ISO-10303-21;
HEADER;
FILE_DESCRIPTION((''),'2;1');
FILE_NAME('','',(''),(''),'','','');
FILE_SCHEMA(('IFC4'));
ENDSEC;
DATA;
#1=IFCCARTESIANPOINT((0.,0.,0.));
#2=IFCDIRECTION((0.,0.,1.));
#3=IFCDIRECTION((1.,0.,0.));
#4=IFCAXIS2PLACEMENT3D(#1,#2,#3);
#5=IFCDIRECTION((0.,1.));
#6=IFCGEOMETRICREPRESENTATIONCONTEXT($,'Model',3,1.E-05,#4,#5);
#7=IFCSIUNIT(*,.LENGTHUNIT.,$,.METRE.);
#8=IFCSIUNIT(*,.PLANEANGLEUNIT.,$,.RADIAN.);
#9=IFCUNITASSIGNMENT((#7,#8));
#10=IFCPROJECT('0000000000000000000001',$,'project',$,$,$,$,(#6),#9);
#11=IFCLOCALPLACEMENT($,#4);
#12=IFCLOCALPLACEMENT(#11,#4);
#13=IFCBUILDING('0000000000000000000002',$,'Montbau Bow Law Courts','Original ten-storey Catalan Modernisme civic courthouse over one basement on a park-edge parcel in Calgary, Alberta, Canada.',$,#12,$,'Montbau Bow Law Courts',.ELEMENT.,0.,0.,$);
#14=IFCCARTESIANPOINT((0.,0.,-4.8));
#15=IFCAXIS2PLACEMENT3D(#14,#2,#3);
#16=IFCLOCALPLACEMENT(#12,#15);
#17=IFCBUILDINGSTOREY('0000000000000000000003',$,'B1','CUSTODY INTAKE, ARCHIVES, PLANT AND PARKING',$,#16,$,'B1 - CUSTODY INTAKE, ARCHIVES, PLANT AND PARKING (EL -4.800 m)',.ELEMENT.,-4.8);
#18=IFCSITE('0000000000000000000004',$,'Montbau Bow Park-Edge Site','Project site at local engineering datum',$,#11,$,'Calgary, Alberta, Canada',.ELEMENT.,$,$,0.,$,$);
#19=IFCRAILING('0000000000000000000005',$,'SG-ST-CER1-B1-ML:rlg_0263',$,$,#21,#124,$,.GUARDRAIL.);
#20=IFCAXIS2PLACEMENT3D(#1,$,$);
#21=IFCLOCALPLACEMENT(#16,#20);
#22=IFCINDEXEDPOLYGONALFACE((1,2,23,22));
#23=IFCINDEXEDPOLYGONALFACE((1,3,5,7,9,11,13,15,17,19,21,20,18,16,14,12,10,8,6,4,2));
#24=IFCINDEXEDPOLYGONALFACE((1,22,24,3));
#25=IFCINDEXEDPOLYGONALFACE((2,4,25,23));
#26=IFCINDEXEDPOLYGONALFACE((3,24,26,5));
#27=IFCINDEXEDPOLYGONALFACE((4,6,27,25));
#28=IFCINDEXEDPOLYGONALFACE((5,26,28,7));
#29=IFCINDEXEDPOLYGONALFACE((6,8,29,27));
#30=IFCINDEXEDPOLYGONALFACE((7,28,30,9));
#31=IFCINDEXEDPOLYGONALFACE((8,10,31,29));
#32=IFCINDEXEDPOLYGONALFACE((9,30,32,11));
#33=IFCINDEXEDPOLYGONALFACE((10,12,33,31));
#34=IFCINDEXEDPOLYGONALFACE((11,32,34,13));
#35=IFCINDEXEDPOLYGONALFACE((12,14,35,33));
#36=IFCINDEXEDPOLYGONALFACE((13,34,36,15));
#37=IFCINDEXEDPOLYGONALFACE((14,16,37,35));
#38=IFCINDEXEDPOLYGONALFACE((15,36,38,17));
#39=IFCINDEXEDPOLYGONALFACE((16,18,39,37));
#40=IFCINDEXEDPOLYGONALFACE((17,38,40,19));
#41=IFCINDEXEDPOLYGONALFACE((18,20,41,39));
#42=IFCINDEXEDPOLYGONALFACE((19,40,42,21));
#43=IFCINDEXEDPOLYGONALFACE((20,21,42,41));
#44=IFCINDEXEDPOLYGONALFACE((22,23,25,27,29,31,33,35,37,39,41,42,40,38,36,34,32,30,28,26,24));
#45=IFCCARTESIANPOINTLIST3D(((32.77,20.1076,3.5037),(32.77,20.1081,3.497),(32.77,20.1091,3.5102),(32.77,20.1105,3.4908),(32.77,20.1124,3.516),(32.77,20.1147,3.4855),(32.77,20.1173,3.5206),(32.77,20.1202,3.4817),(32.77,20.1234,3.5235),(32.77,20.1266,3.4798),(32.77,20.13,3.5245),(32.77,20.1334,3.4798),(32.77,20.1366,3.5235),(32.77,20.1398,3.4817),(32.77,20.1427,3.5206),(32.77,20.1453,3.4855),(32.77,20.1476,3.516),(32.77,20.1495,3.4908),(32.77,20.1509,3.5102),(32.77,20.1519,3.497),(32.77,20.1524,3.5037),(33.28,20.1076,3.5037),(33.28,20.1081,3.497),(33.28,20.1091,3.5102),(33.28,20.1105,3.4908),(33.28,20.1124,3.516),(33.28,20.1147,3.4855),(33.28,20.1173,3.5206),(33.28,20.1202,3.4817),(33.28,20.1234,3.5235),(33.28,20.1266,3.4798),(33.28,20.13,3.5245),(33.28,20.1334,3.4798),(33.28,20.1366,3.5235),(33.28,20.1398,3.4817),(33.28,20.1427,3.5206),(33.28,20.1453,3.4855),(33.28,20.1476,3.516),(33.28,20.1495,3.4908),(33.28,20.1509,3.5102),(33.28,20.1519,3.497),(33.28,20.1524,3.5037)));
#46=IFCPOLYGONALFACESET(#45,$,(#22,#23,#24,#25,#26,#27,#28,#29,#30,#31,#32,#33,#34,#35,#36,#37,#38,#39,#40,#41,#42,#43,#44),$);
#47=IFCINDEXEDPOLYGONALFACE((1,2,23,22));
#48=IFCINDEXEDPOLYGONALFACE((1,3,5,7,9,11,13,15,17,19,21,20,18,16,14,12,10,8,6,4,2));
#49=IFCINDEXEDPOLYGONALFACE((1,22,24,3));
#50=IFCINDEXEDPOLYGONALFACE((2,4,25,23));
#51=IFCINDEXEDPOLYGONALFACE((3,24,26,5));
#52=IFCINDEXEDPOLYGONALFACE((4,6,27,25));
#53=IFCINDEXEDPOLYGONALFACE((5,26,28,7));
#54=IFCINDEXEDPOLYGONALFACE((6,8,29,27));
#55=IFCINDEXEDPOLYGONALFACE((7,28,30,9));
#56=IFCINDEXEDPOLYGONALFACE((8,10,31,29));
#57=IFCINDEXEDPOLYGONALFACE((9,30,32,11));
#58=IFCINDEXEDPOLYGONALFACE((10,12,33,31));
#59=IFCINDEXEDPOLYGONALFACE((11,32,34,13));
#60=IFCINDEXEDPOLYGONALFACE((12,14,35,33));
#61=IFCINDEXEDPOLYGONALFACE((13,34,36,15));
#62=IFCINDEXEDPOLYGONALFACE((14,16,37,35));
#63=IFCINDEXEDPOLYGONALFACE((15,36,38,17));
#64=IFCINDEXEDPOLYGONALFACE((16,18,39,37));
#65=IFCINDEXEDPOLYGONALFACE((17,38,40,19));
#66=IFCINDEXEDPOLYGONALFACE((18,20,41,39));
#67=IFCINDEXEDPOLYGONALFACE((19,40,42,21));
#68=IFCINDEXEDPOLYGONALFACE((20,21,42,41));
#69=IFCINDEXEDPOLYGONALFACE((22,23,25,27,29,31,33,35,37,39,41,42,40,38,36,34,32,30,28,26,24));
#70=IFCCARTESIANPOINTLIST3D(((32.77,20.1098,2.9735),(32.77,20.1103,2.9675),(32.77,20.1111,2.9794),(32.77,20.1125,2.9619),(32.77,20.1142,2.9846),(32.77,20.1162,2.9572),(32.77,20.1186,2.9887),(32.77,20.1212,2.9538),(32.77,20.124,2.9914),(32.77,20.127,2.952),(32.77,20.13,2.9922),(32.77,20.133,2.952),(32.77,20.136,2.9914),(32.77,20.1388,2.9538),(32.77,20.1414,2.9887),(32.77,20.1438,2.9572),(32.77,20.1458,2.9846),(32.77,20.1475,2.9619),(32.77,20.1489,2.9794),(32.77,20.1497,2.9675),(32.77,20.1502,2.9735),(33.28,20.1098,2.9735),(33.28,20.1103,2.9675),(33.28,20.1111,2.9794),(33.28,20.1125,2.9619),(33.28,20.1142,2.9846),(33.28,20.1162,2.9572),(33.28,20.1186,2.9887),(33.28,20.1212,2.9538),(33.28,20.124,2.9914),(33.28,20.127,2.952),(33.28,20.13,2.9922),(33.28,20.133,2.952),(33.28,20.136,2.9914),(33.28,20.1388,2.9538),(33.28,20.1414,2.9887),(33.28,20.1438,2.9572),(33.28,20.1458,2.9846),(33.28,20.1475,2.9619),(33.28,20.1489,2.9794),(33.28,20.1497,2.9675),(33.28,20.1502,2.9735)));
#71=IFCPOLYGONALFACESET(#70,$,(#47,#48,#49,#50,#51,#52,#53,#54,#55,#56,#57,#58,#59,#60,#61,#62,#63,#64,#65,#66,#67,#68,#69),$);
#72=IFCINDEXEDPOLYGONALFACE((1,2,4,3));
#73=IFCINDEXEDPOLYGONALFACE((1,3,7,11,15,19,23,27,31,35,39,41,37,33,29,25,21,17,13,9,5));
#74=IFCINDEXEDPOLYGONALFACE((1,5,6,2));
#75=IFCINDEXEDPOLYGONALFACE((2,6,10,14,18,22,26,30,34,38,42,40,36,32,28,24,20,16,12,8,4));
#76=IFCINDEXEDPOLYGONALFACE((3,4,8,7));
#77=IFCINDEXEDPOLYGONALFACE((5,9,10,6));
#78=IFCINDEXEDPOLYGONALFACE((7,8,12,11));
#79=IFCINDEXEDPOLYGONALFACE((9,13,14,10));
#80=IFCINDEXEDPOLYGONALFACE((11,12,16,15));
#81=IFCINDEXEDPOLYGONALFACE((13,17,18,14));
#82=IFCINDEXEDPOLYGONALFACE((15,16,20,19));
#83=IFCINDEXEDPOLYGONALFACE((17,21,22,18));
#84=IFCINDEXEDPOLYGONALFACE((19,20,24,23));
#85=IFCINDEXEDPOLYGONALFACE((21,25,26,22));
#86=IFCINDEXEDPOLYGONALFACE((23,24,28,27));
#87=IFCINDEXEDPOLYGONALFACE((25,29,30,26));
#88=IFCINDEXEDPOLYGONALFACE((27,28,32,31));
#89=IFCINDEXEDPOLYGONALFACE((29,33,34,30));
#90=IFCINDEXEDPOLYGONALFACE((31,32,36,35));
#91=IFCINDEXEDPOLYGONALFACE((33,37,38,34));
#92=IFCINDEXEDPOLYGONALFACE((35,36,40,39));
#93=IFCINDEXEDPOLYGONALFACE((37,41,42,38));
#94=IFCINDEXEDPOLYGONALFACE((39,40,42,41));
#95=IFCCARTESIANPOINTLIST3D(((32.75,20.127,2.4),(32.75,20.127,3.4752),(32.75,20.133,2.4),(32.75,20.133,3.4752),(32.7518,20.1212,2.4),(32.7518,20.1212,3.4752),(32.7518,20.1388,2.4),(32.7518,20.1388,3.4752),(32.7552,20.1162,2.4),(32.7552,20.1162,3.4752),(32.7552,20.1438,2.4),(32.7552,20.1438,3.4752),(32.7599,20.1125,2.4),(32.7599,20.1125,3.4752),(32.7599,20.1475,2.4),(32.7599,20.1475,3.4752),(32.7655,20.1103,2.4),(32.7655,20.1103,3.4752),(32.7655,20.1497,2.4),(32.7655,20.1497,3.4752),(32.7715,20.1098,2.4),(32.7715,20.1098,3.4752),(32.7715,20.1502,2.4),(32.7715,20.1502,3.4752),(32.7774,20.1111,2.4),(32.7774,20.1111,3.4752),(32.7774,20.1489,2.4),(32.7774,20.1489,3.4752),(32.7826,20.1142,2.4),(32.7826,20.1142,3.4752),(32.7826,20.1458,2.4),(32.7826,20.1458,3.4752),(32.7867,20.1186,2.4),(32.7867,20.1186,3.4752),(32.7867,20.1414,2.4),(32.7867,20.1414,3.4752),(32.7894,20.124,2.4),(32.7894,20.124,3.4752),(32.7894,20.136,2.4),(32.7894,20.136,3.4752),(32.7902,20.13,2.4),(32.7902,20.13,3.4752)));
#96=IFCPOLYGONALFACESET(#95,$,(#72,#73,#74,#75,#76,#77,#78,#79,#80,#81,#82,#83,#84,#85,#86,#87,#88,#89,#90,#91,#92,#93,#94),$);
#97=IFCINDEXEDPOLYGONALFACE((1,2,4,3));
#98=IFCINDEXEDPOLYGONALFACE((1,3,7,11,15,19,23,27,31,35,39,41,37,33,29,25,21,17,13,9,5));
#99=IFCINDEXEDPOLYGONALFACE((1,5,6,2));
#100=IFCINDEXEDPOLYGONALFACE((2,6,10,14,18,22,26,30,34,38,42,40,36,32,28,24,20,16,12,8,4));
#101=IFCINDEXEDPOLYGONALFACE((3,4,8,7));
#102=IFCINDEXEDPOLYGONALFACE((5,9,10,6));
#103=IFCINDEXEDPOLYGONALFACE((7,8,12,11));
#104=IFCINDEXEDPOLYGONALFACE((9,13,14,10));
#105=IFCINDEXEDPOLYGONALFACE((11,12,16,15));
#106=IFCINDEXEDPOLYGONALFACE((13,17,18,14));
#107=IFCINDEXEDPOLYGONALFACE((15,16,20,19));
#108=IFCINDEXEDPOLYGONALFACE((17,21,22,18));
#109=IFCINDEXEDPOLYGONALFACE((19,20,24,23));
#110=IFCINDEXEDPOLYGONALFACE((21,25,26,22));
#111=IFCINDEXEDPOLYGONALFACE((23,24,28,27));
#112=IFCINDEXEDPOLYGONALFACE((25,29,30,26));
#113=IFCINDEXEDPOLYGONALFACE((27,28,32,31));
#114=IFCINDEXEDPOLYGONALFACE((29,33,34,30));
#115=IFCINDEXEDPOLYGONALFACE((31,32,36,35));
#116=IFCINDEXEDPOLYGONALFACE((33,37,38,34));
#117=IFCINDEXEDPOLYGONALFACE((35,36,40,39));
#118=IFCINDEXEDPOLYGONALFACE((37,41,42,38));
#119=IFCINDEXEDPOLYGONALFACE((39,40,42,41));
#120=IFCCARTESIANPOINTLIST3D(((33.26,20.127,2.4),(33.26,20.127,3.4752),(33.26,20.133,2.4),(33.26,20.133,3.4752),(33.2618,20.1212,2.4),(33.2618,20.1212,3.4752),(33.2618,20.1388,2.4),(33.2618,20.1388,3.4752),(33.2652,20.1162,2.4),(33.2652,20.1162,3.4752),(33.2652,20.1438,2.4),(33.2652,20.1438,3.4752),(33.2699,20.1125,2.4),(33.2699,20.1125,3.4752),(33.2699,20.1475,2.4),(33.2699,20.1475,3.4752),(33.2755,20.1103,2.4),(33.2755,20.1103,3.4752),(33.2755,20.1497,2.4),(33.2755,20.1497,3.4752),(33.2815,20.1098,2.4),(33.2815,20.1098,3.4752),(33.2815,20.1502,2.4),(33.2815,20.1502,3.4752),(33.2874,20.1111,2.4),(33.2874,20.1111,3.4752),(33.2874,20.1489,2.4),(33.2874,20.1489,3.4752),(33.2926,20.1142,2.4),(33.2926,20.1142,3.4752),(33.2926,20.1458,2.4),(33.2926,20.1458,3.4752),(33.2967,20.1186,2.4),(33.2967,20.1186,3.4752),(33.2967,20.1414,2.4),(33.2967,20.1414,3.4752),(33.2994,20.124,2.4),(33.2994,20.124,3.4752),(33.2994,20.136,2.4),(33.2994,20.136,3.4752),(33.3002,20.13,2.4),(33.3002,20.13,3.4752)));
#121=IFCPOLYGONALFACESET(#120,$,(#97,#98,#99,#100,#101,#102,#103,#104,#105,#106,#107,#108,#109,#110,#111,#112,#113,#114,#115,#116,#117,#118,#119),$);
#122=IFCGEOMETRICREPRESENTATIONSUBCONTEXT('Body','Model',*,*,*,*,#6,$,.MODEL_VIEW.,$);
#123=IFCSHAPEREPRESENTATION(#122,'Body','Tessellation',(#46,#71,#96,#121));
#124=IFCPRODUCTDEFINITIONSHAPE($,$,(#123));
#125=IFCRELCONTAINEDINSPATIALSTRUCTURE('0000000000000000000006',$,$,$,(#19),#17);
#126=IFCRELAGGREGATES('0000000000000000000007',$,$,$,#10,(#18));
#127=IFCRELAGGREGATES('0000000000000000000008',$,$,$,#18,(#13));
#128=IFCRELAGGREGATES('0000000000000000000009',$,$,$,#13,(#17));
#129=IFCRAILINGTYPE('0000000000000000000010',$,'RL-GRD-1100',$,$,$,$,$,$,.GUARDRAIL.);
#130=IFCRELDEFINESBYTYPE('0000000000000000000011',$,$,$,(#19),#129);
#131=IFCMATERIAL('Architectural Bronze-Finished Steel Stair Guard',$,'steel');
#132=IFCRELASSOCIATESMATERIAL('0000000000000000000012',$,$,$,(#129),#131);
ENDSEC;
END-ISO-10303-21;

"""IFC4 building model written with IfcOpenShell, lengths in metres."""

from ifc_helpers import new_model, si_unit, direction, frame, origin_with_axes, origin_2d_with_axis, place, context, subcontext, project, spatial, circle, extrude, material, type_object, element, save


model = new_model("IFC4")

# Units and contexts
model_context = context("Model", 3, precision=1e-05, world=origin_with_axes(), true_north=direction((0.0, 1.0)))
body_context = subcontext(model_context, "Body", "Model", "MODEL_VIEW")
ifc_project = project(units=[si_unit("LENGTHUNIT", "METRE"), si_unit("PLANEANGLEUNIT", "RADIAN")], contexts=[model_context])

# Site, building, storey
site_placement = place(None, origin_with_axes())
site = spatial("IfcSite", under=ifc_project, at=site_placement, Name="Montbau Bow Park-Edge Site", Description="Project site at local engineering datum", LongName="Calgary, Alberta, Canada", CompositionType="ELEMENT", RefElevation=0.0)
building_placement = place(site_placement, origin_with_axes())
building = spatial("IfcBuilding", under=site, at=building_placement, Name="Montbau Bow Law Courts", Description="Original ten-storey Catalan Modernisme civic courthouse over one basement on a park-edge parcel in Calgary, Alberta, Canada.", LongName="Montbau Bow Law Courts", CompositionType="ELEMENT", ElevationOfRefHeight=0.0, ElevationOfTerrain=0.0)
storey_placement = place(building_placement, frame((0.0, 0.0, -4.8), z_axis=(0.0, 0.0, 1.0), x_axis=(1.0, 0.0, 0.0)))
storey = spatial("IfcBuildingStorey", under=building, at=storey_placement, Name="B1", Description="CUSTODY INTAKE, ARCHIVES, PLANT AND PARKING", LongName="B1 - CUSTODY INTAKE, ARCHIVES, PLANT AND PARKING (EL -4.800 m)", CompositionType="ELEMENT", Elevation=-4.8)

# Railing
ifc_material_1 = material(Name="Architectural Bronze-Finished Steel Stair Guard", Category="steel")
railing_type_1 = type_object("IfcRailingType", Name="RL-GRD-1100", PredefinedType="GUARDRAIL", material=ifc_material_1)
railing_1_placement = place(None, origin_with_axes())
element("IfcRailing", 1, at=railing_1_placement, inside=storey, type_object=railing_type_1, Name="SG-ST-CER1-B1-ML:rlg_0263", PredefinedType="GUARDRAIL", context=body_context, shape_type="SweptSolid", body=[
    extrude(circle(Radius=0.0225, at=origin_2d_with_axis()), frame((32.77, 20.13, -1.298), z_axis=(1.0, 0.0, 0.0), x_axis=(0.0, 0.0, 1.0)), (0.0, 0.0, 1.0), 0.51),
    extrude(circle(Radius=0.0203, at=origin_2d_with_axis()), frame((32.77, 20.13, -1.828), z_axis=(1.0, 0.0, 0.0), x_axis=(0.0, 0.0, 1.0)), (0.0, 0.0, 1.0), 0.51),
    extrude(circle(Radius=0.0203, at=origin_2d_with_axis()), frame((32.77, 20.13, -2.4), z_axis=(0.0, 0.0, 1.0), x_axis=(1.0, 0.0, 0.0)), (0.0, 0.0, 1.0), 1.0753),
    extrude(circle(Radius=0.0203, at=origin_2d_with_axis()), frame((33.28, 20.13, -2.4), z_axis=(0.0, 0.0, 1.0), x_axis=(1.0, 0.0, 0.0)), (0.0, 0.0, 1.0), 1.0753),
])

save(model, "model.ifc")
